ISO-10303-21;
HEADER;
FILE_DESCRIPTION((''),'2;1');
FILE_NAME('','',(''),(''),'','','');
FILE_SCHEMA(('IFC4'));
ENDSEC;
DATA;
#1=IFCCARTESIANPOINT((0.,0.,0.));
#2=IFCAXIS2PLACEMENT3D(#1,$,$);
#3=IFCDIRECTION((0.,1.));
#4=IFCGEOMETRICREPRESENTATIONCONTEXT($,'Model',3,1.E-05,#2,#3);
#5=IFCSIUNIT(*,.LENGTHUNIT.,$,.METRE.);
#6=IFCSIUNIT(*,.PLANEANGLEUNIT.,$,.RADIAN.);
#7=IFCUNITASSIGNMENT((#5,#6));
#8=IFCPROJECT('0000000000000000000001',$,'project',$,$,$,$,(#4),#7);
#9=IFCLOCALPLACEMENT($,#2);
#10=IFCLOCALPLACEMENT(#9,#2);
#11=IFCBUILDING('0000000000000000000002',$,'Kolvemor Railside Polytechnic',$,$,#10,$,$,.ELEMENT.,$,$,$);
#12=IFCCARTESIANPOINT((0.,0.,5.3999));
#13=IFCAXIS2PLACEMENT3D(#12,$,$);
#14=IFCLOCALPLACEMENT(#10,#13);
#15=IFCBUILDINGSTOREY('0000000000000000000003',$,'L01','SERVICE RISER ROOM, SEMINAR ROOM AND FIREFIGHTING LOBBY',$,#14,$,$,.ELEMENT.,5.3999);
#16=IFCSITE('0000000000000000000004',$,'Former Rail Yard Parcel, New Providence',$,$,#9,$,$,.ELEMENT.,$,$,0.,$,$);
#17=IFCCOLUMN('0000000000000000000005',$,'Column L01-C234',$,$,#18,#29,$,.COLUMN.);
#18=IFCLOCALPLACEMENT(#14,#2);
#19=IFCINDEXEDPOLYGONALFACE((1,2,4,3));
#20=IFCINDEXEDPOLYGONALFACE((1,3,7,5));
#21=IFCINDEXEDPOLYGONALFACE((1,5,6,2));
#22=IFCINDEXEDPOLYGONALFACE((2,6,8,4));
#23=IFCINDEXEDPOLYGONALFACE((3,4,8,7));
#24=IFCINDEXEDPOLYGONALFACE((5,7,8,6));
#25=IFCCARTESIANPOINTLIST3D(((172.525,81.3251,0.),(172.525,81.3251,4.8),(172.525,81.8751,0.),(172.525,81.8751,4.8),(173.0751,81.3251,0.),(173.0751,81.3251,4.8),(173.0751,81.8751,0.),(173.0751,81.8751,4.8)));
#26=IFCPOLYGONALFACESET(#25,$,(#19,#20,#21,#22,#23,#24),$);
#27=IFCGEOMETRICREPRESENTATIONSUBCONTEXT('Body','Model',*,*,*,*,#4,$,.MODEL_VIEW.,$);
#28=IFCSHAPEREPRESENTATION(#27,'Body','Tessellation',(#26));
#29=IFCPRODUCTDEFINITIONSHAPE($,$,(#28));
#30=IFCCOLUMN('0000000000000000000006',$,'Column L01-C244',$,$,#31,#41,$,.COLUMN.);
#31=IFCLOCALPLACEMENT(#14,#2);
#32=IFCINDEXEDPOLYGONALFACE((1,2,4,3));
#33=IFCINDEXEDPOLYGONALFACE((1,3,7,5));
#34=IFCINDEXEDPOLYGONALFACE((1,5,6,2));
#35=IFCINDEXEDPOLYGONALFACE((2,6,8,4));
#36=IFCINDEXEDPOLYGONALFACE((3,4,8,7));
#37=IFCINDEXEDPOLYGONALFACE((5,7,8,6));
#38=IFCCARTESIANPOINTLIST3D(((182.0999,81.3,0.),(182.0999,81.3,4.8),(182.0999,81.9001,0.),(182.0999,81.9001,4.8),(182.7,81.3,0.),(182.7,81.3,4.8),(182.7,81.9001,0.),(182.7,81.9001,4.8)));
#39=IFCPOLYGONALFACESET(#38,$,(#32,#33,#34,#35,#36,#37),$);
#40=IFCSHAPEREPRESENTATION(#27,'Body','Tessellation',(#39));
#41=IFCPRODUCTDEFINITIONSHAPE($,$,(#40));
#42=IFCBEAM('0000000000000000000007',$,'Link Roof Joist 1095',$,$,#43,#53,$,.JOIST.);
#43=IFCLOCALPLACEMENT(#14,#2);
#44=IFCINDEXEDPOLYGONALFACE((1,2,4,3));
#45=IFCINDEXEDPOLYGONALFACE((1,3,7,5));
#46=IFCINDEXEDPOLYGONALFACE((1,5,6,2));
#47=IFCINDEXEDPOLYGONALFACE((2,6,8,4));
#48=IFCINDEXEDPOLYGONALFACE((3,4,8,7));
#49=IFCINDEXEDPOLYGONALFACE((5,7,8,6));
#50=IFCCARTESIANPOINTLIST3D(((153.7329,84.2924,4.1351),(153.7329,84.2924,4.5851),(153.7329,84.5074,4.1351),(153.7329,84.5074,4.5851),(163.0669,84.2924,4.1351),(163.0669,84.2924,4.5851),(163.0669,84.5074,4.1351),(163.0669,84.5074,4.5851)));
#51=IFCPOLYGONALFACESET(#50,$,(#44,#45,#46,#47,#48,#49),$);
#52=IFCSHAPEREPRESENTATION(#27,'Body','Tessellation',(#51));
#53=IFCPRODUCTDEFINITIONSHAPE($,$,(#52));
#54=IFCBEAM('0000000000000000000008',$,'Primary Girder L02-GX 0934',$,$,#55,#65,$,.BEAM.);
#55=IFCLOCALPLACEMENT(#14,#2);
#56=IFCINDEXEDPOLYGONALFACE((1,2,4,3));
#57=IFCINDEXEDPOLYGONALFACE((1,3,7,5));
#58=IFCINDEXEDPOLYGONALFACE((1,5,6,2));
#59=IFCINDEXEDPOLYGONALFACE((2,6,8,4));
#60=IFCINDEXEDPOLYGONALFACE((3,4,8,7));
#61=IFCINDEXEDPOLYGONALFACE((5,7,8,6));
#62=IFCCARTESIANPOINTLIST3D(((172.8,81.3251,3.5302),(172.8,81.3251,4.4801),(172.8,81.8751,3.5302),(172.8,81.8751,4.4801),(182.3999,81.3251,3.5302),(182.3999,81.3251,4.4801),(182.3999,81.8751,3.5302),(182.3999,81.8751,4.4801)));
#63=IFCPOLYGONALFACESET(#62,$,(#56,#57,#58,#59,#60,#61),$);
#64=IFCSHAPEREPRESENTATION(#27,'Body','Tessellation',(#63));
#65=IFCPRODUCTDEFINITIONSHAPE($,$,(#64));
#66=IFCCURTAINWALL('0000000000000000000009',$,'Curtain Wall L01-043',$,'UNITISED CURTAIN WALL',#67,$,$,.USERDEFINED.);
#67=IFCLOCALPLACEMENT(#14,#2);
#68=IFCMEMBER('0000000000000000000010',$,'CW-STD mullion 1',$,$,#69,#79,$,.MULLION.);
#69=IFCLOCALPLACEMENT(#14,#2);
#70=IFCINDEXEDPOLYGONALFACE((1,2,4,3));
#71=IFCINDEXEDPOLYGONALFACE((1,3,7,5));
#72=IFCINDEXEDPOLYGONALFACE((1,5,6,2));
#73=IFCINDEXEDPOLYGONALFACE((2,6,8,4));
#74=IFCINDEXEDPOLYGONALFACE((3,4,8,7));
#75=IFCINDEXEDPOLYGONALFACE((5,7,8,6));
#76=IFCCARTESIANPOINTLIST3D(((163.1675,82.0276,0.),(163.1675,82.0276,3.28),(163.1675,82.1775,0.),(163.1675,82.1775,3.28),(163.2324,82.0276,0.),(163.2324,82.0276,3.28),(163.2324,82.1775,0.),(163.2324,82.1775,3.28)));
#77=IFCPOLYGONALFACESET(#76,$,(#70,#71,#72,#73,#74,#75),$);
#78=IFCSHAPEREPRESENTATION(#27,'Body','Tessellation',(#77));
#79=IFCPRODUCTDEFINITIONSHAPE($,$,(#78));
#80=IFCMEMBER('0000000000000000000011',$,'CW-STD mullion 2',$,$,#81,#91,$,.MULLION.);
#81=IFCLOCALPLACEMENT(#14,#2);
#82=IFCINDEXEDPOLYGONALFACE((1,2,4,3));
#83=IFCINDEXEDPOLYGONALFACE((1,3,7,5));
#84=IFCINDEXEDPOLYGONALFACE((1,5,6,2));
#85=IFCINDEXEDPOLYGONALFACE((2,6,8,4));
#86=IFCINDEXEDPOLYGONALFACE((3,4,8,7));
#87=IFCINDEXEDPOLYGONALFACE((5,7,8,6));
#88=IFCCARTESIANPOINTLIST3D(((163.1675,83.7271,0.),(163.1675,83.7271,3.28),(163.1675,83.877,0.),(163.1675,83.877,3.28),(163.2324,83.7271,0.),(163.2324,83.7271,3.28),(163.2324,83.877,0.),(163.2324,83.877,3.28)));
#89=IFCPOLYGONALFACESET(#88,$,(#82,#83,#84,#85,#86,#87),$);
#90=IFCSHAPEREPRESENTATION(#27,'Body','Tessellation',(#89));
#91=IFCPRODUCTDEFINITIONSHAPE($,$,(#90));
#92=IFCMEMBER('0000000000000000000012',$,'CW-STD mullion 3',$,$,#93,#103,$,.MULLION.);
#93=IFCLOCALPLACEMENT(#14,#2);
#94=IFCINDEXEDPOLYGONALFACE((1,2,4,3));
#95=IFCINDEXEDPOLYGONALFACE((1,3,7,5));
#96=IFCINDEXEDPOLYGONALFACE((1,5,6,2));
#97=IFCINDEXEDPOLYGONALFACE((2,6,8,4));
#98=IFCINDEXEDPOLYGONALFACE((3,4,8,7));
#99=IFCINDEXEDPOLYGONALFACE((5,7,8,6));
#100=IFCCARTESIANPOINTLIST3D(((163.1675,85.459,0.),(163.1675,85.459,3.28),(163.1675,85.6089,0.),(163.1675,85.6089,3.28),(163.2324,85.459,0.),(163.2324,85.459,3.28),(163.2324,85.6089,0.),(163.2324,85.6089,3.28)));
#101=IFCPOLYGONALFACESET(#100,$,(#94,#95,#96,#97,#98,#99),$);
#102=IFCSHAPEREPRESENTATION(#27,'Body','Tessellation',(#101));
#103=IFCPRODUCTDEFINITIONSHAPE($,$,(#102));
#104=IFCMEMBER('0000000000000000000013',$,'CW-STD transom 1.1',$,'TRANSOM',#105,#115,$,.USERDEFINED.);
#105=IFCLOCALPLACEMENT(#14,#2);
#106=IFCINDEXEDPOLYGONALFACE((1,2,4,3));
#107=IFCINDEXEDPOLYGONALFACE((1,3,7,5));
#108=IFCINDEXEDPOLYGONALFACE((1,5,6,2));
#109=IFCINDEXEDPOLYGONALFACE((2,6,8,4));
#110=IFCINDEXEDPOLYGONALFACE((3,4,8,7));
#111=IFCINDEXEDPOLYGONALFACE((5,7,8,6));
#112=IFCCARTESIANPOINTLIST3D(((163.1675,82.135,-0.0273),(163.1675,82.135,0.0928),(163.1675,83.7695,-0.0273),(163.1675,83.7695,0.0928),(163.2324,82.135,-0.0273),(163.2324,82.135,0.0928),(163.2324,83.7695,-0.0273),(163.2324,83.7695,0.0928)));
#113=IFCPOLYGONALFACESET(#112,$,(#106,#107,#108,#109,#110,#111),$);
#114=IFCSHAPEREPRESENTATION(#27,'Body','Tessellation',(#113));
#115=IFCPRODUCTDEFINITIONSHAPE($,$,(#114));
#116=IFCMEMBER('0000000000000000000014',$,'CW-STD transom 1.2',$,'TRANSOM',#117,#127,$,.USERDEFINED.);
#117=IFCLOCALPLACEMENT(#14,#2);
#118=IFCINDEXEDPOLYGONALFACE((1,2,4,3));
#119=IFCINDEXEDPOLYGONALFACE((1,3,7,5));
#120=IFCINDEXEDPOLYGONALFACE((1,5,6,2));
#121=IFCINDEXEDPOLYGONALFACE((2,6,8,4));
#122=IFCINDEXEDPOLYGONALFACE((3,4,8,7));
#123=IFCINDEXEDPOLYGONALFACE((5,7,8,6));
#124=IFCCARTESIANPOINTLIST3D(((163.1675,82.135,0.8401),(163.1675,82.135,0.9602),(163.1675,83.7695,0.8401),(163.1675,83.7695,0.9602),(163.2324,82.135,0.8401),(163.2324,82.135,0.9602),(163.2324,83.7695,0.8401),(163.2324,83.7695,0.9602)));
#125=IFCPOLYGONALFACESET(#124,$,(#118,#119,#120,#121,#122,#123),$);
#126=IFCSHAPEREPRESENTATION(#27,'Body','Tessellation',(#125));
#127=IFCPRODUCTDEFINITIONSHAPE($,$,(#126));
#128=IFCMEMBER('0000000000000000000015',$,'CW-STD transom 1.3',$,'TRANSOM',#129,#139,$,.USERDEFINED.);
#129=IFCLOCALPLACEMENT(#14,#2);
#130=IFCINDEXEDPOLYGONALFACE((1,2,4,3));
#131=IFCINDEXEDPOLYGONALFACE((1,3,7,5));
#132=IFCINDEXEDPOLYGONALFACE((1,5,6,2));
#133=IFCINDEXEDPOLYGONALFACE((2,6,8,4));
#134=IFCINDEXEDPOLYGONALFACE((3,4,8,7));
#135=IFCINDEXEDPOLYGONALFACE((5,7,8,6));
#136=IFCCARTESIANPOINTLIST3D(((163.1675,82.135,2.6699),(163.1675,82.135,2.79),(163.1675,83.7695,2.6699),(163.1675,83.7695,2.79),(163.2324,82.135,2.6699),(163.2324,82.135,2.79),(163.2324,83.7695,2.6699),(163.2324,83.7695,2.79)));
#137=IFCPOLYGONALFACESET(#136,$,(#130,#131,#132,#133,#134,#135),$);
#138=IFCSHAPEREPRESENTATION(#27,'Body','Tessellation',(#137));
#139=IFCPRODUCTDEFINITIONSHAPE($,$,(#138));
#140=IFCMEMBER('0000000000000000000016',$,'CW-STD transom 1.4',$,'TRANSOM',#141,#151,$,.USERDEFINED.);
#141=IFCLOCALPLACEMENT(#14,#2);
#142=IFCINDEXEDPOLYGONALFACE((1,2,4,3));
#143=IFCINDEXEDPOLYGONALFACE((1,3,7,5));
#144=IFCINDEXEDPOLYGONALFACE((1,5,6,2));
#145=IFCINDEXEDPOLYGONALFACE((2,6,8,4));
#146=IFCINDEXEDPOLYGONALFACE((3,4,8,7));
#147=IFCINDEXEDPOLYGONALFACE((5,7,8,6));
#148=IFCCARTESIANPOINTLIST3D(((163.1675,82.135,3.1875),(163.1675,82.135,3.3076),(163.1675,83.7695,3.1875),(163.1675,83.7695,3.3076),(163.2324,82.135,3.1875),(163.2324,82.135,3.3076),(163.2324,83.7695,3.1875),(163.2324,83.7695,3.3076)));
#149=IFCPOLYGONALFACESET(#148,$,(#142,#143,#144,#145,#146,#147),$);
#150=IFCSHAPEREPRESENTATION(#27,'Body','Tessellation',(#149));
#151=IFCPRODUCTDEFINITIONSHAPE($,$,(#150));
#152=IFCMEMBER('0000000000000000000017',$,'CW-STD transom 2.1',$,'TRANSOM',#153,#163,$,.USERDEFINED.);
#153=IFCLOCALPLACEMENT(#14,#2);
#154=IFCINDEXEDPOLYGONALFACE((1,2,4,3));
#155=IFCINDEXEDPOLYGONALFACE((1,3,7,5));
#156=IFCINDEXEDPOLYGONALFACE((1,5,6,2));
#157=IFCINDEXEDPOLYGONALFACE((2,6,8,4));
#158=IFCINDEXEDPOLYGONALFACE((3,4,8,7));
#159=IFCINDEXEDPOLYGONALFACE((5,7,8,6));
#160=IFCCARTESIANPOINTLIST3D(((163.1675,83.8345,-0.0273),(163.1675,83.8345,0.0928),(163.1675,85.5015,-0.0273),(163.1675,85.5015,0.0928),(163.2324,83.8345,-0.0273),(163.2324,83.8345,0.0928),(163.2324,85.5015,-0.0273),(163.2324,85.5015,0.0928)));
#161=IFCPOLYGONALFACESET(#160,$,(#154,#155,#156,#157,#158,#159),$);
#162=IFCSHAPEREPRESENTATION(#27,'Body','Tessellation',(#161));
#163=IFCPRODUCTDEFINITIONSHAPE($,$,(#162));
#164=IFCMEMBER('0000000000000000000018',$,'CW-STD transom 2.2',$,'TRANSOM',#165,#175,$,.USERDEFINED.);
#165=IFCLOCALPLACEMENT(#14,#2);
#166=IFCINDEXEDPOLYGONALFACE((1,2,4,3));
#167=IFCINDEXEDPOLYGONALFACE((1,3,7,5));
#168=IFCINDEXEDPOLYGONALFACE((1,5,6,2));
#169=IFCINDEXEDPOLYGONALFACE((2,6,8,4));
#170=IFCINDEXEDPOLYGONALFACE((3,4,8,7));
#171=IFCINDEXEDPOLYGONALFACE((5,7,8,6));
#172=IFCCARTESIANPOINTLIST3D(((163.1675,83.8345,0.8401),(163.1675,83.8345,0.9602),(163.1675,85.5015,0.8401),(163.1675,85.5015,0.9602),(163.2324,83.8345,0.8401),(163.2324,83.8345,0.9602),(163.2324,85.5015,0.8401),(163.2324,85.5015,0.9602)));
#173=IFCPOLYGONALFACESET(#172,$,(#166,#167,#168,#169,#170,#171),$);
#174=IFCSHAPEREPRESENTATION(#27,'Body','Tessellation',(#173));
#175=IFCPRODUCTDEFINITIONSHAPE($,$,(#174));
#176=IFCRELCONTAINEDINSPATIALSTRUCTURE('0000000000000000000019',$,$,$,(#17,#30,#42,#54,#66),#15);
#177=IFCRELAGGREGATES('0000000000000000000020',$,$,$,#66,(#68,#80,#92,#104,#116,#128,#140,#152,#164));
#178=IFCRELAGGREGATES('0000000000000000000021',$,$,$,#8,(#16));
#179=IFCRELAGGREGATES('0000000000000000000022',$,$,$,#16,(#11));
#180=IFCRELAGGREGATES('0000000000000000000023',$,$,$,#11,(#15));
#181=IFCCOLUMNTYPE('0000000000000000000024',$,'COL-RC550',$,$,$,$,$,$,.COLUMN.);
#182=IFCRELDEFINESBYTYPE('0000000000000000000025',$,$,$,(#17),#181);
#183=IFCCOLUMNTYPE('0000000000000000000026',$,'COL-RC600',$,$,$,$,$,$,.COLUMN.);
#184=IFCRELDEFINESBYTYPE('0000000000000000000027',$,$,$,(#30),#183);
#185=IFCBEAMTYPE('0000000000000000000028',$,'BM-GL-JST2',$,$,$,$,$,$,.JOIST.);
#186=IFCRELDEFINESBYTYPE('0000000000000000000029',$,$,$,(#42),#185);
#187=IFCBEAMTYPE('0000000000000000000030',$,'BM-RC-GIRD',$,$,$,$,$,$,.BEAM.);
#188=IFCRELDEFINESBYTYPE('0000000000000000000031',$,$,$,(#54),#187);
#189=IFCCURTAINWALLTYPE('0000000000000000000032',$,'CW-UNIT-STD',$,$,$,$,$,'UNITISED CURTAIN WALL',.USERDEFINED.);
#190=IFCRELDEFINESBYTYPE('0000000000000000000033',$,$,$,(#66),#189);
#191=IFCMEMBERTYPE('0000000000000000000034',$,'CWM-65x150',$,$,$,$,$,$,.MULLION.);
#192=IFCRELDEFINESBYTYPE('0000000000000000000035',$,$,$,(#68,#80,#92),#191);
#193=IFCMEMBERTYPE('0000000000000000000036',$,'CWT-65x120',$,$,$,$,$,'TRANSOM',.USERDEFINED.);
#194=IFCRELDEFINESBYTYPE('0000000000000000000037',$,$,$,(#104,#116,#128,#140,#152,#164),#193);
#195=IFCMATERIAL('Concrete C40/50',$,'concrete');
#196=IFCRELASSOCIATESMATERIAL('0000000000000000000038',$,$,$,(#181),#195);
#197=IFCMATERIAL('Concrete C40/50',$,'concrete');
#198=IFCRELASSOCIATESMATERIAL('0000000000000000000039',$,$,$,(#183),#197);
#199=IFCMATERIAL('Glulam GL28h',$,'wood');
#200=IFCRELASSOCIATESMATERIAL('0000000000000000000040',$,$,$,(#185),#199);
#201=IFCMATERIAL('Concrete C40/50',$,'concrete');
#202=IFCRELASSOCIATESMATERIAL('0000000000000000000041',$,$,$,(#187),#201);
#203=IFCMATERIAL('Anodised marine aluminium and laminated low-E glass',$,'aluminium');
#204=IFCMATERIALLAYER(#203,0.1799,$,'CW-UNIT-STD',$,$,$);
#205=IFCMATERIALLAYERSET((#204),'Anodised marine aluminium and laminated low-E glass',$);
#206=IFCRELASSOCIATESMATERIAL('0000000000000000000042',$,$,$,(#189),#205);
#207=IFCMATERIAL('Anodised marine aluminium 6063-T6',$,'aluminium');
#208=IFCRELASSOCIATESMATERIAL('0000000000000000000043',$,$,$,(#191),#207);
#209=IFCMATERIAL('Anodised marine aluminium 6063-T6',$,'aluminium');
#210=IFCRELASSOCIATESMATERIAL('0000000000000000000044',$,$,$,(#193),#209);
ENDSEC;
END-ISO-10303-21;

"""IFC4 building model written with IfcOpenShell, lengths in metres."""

from ifc_helpers import new_model, si_unit, direction, frame, origin, origin_2d, place, context, subcontext, project, spatial, rectangle, extrude, material, layer, layer_set, material_profile, profile_set, type_object, element, aggregate, save


model = new_model("IFC4")

# Units and contexts
model_context = context("Model", 3, precision=1e-05, world=origin(), true_north=direction((0.0, 1.0)))
body_context = subcontext(model_context, "Body", "Model", "MODEL_VIEW")
ifc_project = project(units=[si_unit("LENGTHUNIT", "METRE"), si_unit("PLANEANGLEUNIT", "RADIAN")], contexts=[model_context])

# Site, building, storey
site_placement = place(None, origin())
site = spatial("IfcSite", under=ifc_project, at=site_placement, Name="Former Rail Yard Parcel, New Providence", CompositionType="ELEMENT", RefElevation=0.0)
building_placement = place(site_placement, origin())
building = spatial("IfcBuilding", under=site, at=building_placement, Name="Kolvemor Railside Polytechnic", CompositionType="ELEMENT")
storey_placement = place(building_placement, frame((0.0, 0.0, 5.3999)))
storey = spatial("IfcBuildingStorey", under=building, at=storey_placement, Name="L01", Description="SERVICE RISER ROOM, SEMINAR ROOM AND FIREFIGHTING LOBBY", CompositionType="ELEMENT", Elevation=5.3999)

# Columns
ifc_material_1 = material(Name="Concrete C40/50", Category="concrete")
ifc_material_profile_1 = material_profile(ifc_material_1, rectangle(XDim=0.55, YDim=0.55, at=origin_2d()), Name="RC550x550")
ifc_profile_set_1 = profile_set([ifc_material_profile_1], Name="Concrete C40/50")
column_type_1 = type_object("IfcColumnType", Name="COL-RC550", PredefinedType="COLUMN", material=ifc_profile_set_1)
column_1_placement = place(storey_placement, frame((172.8, 81.6001, 0.0), z_axis=(0.0, 0.0, 1.0), x_axis=(1.0, 0.0, 0.0)))
element("IfcColumn", 1, at=column_1_placement, inside=storey, type_object=column_type_1, Name="Column L01-C234", PredefinedType="COLUMN", context=body_context, shape_type="SweptSolid", body=[
    extrude(rectangle(XDim=0.55, YDim=0.55, at=origin_2d()), origin(), (0.0, 0.0, 1.0), 4.8),
])
ifc_material_2 = material(Name="Concrete C40/50", Category="concrete")
ifc_material_profile_2 = material_profile(ifc_material_2, rectangle(XDim=0.6001, YDim=0.6001, at=origin_2d()), Name="RC600x600")
ifc_profile_set_2 = profile_set([ifc_material_profile_2], Name="Concrete C40/50")
column_type_2 = type_object("IfcColumnType", Name="COL-RC600", PredefinedType="COLUMN", material=ifc_profile_set_2)
column_2_placement = place(storey_placement, frame((182.3999, 81.6001, 0.0), z_axis=(0.0, 0.0, 1.0), x_axis=(1.0, 0.0, 0.0)))
element("IfcColumn", 2, at=column_2_placement, inside=storey, type_object=column_type_2, Name="Column L01-C244", PredefinedType="COLUMN", context=body_context, shape_type="SweptSolid", body=[
    extrude(rectangle(XDim=0.6001, YDim=0.6001, at=origin_2d()), origin(), (0.0, 0.0, 1.0), 4.8),
])

# Beams
ifc_material_3 = material(Name="Glulam GL28h", Category="wood")
ifc_material_profile_3 = material_profile(ifc_material_3, rectangle(XDim=0.2151, YDim=0.45, at=origin_2d()), Name="GL215x450")
ifc_profile_set_3 = profile_set([ifc_material_profile_3], Name="Glulam GL28h")
beam_type_1 = type_object("IfcBeamType", Name="BM-GL-JST2", PredefinedType="JOIST", material=ifc_profile_set_3)
beam_1_placement = place(storey_placement, frame((153.7329, 84.3999, 4.3601), z_axis=(1.0, 0.0, 0.0), x_axis=(0.0, 1.0, 0.0)))
element("IfcBeam", 3, at=beam_1_placement, inside=storey, type_object=beam_type_1, Name="Link Roof Joist 1095", PredefinedType="JOIST", context=body_context, shape_type="SweptSolid", body=[
    extrude(rectangle(XDim=0.2151, YDim=0.45, at=origin_2d()), origin(), (0.0, 0.0, 1.0), 9.334),
])
ifc_material_4 = material(Name="Concrete C40/50", Category="concrete")
ifc_material_profile_4 = material_profile(ifc_material_4, rectangle(XDim=0.55, YDim=0.95, at=origin_2d()), Name="RC550x950")
ifc_profile_set_4 = profile_set([ifc_material_profile_4], Name="Concrete C40/50")
beam_type_2 = type_object("IfcBeamType", Name="BM-RC-GIRD", PredefinedType="BEAM", material=ifc_profile_set_4)
beam_2_placement = place(storey_placement, frame((172.8, 81.6001, 4.0051), z_axis=(1.0, 0.0, 0.0), x_axis=(0.0, 1.0, 0.0)))
element("IfcBeam", 4, at=beam_2_placement, inside=storey, type_object=beam_type_2, Name="Primary Girder L02-GX 0934", PredefinedType="BEAM", context=body_context, shape_type="SweptSolid", body=[
    extrude(rectangle(XDim=0.55, YDim=0.95, at=origin_2d()), origin(), (0.0, 0.0, 1.0), 9.5999),
])

# Curtain wall, members
ifc_material_5 = material(Name="Anodised marine aluminium and laminated low-E glass", Category="aluminium")
ifc_layer_1 = layer(ifc_material_5, 0.1799, Name="CW-UNIT-STD")
ifc_layer_set_1 = layer_set([ifc_layer_1], Name="Anodised marine aluminium and laminated low-E glass")
curtain_wall_type = type_object("IfcCurtainWallType", Name="CW-UNIT-STD", ElementType="UNITISED CURTAIN WALL", PredefinedType="USERDEFINED", material=ifc_layer_set_1)
curtain_wall_placement = place(storey_placement, origin())
curtain_wall = element("IfcCurtainWall", 5, at=curtain_wall_placement, inside=storey, type_object=curtain_wall_type, Name="Curtain Wall L01-043", ObjectType="UNITISED CURTAIN WALL", PredefinedType="USERDEFINED")
ifc_material_6 = material(Name="Anodised marine aluminium 6063-T6", Category="aluminium")
ifc_material_profile_5 = material_profile(ifc_material_6, rectangle(XDim=0.0649, YDim=0.1499, at=origin_2d()), Name="CW-MUL-65x150")
ifc_profile_set_5 = profile_set([ifc_material_profile_5], Name="Anodised marine aluminium 6063-T6")
member_type_1 = type_object("IfcMemberType", Name="CWM-65x150", PredefinedType="MULLION", material=ifc_profile_set_5)
member_1_placement = place(storey_placement, frame((163.2, 82.1025, 0.0), z_axis=(0.0, 0.0, 1.0), x_axis=(-1.0, 0.0, 0.0)))
member_1 = element("IfcMember", 6, at=member_1_placement, type_object=member_type_1, Name="CW-STD mullion 1", PredefinedType="MULLION", context=body_context, shape_type="SweptSolid", body=[
    extrude(rectangle(XDim=0.0649, YDim=0.1499, at=origin_2d()), origin(), (0.0, 0.0, 1.0), 3.28),
])
member_2_placement = place(storey_placement, frame((163.2, 83.802, 0.0), z_axis=(0.0, 0.0, 1.0), x_axis=(-1.0, 0.0, 0.0)))
member_2 = element("IfcMember", 7, at=member_2_placement, type_object=member_type_1, Name="CW-STD mullion 2", PredefinedType="MULLION", context=body_context, shape_type="SweptSolid", body=[
    extrude(rectangle(XDim=0.0649, YDim=0.1499, at=origin_2d()), origin(), (0.0, 0.0, 1.0), 3.28),
])
member_3_placement = place(storey_placement, frame((163.2, 85.5339, 0.0), z_axis=(0.0, 0.0, 1.0), x_axis=(-1.0, 0.0, 0.0)))
member_3 = element("IfcMember", 8, at=member_3_placement, type_object=member_type_1, Name="CW-STD mullion 3", PredefinedType="MULLION", context=body_context, shape_type="SweptSolid", body=[
    extrude(rectangle(XDim=0.0649, YDim=0.1499, at=origin_2d()), origin(), (0.0, 0.0, 1.0), 3.28),
])
ifc_material_7 = material(Name="Anodised marine aluminium 6063-T6", Category="aluminium")
ifc_material_profile_6 = material_profile(ifc_material_7, rectangle(XDim=0.0649, YDim=0.1201, at=origin_2d()), Name="CW-TRN-65x120")
ifc_profile_set_6 = profile_set([ifc_material_profile_6], Name="Anodised marine aluminium 6063-T6")
member_type_2 = type_object("IfcMemberType", Name="CWT-65x120", ElementType="TRANSOM", PredefinedType="USERDEFINED", material=ifc_profile_set_6)
member_4_placement = place(storey_placement, frame((163.2, 82.135, 0.0327), z_axis=(0.0, 1.0, 0.0), x_axis=(-1.0, 0.0, 0.0)))
member_4 = element("IfcMember", 9, at=member_4_placement, type_object=member_type_2, Name="CW-STD transom 1.1", ObjectType="TRANSOM", PredefinedType="USERDEFINED", context=body_context, shape_type="SweptSolid", body=[
    extrude(rectangle(XDim=0.0649, YDim=0.1201, at=origin_2d()), origin(), (0.0, 0.0, 1.0), 1.6345),
])
member_5_placement = place(storey_placement, frame((163.2, 82.135, 0.9001), z_axis=(0.0, 1.0, 0.0), x_axis=(-1.0, 0.0, 0.0)))
member_5 = element("IfcMember", 10, at=member_5_placement, type_object=member_type_2, Name="CW-STD transom 1.2", ObjectType="TRANSOM", PredefinedType="USERDEFINED", context=body_context, shape_type="SweptSolid", body=[
    extrude(rectangle(XDim=0.0649, YDim=0.1201, at=origin_2d()), origin(), (0.0, 0.0, 1.0), 1.6345),
])
member_6_placement = place(storey_placement, frame((163.2, 82.135, 2.73), z_axis=(0.0, 1.0, 0.0), x_axis=(-1.0, 0.0, 0.0)))
member_6 = element("IfcMember", 11, at=member_6_placement, type_object=member_type_2, Name="CW-STD transom 1.3", ObjectType="TRANSOM", PredefinedType="USERDEFINED", context=body_context, shape_type="SweptSolid", body=[
    extrude(rectangle(XDim=0.0649, YDim=0.1201, at=origin_2d()), origin(), (0.0, 0.0, 1.0), 1.6345),
])
member_7_placement = place(storey_placement, frame((163.2, 82.135, 3.2476), z_axis=(0.0, 1.0, 0.0), x_axis=(-1.0, 0.0, 0.0)))
member_7 = element("IfcMember", 12, at=member_7_placement, type_object=member_type_2, Name="CW-STD transom 1.4", ObjectType="TRANSOM", PredefinedType="USERDEFINED", context=body_context, shape_type="SweptSolid", body=[
    extrude(rectangle(XDim=0.0649, YDim=0.1201, at=origin_2d()), origin(), (0.0, 0.0, 1.0), 1.6345),
])
member_8_placement = place(storey_placement, frame((163.2, 83.8345, 0.0327), z_axis=(0.0, 1.0, 0.0), x_axis=(-1.0, 0.0, 0.0)))
member_8 = element("IfcMember", 13, at=member_8_placement, type_object=member_type_2, Name="CW-STD transom 2.1", ObjectType="TRANSOM", PredefinedType="USERDEFINED", context=body_context, shape_type="SweptSolid", body=[
    extrude(rectangle(XDim=0.0649, YDim=0.1201, at=origin_2d()), origin(), (0.0, 0.0, 1.0), 1.667),
])
member_9_placement = place(storey_placement, frame((163.2, 83.8345, 0.9001), z_axis=(0.0, 1.0, 0.0), x_axis=(-1.0, 0.0, 0.0)))
member_9 = element("IfcMember", 14, at=member_9_placement, type_object=member_type_2, Name="CW-STD transom 2.2", ObjectType="TRANSOM", PredefinedType="USERDEFINED", context=body_context, shape_type="SweptSolid", body=[
    extrude(rectangle(XDim=0.0649, YDim=0.1201, at=origin_2d()), origin(), (0.0, 0.0, 1.0), 1.667),
])

aggregate(curtain_wall, [member_1, member_2, member_3, member_4, member_5, member_6, member_7, member_8, member_9])

save(model, "model.ifc")
